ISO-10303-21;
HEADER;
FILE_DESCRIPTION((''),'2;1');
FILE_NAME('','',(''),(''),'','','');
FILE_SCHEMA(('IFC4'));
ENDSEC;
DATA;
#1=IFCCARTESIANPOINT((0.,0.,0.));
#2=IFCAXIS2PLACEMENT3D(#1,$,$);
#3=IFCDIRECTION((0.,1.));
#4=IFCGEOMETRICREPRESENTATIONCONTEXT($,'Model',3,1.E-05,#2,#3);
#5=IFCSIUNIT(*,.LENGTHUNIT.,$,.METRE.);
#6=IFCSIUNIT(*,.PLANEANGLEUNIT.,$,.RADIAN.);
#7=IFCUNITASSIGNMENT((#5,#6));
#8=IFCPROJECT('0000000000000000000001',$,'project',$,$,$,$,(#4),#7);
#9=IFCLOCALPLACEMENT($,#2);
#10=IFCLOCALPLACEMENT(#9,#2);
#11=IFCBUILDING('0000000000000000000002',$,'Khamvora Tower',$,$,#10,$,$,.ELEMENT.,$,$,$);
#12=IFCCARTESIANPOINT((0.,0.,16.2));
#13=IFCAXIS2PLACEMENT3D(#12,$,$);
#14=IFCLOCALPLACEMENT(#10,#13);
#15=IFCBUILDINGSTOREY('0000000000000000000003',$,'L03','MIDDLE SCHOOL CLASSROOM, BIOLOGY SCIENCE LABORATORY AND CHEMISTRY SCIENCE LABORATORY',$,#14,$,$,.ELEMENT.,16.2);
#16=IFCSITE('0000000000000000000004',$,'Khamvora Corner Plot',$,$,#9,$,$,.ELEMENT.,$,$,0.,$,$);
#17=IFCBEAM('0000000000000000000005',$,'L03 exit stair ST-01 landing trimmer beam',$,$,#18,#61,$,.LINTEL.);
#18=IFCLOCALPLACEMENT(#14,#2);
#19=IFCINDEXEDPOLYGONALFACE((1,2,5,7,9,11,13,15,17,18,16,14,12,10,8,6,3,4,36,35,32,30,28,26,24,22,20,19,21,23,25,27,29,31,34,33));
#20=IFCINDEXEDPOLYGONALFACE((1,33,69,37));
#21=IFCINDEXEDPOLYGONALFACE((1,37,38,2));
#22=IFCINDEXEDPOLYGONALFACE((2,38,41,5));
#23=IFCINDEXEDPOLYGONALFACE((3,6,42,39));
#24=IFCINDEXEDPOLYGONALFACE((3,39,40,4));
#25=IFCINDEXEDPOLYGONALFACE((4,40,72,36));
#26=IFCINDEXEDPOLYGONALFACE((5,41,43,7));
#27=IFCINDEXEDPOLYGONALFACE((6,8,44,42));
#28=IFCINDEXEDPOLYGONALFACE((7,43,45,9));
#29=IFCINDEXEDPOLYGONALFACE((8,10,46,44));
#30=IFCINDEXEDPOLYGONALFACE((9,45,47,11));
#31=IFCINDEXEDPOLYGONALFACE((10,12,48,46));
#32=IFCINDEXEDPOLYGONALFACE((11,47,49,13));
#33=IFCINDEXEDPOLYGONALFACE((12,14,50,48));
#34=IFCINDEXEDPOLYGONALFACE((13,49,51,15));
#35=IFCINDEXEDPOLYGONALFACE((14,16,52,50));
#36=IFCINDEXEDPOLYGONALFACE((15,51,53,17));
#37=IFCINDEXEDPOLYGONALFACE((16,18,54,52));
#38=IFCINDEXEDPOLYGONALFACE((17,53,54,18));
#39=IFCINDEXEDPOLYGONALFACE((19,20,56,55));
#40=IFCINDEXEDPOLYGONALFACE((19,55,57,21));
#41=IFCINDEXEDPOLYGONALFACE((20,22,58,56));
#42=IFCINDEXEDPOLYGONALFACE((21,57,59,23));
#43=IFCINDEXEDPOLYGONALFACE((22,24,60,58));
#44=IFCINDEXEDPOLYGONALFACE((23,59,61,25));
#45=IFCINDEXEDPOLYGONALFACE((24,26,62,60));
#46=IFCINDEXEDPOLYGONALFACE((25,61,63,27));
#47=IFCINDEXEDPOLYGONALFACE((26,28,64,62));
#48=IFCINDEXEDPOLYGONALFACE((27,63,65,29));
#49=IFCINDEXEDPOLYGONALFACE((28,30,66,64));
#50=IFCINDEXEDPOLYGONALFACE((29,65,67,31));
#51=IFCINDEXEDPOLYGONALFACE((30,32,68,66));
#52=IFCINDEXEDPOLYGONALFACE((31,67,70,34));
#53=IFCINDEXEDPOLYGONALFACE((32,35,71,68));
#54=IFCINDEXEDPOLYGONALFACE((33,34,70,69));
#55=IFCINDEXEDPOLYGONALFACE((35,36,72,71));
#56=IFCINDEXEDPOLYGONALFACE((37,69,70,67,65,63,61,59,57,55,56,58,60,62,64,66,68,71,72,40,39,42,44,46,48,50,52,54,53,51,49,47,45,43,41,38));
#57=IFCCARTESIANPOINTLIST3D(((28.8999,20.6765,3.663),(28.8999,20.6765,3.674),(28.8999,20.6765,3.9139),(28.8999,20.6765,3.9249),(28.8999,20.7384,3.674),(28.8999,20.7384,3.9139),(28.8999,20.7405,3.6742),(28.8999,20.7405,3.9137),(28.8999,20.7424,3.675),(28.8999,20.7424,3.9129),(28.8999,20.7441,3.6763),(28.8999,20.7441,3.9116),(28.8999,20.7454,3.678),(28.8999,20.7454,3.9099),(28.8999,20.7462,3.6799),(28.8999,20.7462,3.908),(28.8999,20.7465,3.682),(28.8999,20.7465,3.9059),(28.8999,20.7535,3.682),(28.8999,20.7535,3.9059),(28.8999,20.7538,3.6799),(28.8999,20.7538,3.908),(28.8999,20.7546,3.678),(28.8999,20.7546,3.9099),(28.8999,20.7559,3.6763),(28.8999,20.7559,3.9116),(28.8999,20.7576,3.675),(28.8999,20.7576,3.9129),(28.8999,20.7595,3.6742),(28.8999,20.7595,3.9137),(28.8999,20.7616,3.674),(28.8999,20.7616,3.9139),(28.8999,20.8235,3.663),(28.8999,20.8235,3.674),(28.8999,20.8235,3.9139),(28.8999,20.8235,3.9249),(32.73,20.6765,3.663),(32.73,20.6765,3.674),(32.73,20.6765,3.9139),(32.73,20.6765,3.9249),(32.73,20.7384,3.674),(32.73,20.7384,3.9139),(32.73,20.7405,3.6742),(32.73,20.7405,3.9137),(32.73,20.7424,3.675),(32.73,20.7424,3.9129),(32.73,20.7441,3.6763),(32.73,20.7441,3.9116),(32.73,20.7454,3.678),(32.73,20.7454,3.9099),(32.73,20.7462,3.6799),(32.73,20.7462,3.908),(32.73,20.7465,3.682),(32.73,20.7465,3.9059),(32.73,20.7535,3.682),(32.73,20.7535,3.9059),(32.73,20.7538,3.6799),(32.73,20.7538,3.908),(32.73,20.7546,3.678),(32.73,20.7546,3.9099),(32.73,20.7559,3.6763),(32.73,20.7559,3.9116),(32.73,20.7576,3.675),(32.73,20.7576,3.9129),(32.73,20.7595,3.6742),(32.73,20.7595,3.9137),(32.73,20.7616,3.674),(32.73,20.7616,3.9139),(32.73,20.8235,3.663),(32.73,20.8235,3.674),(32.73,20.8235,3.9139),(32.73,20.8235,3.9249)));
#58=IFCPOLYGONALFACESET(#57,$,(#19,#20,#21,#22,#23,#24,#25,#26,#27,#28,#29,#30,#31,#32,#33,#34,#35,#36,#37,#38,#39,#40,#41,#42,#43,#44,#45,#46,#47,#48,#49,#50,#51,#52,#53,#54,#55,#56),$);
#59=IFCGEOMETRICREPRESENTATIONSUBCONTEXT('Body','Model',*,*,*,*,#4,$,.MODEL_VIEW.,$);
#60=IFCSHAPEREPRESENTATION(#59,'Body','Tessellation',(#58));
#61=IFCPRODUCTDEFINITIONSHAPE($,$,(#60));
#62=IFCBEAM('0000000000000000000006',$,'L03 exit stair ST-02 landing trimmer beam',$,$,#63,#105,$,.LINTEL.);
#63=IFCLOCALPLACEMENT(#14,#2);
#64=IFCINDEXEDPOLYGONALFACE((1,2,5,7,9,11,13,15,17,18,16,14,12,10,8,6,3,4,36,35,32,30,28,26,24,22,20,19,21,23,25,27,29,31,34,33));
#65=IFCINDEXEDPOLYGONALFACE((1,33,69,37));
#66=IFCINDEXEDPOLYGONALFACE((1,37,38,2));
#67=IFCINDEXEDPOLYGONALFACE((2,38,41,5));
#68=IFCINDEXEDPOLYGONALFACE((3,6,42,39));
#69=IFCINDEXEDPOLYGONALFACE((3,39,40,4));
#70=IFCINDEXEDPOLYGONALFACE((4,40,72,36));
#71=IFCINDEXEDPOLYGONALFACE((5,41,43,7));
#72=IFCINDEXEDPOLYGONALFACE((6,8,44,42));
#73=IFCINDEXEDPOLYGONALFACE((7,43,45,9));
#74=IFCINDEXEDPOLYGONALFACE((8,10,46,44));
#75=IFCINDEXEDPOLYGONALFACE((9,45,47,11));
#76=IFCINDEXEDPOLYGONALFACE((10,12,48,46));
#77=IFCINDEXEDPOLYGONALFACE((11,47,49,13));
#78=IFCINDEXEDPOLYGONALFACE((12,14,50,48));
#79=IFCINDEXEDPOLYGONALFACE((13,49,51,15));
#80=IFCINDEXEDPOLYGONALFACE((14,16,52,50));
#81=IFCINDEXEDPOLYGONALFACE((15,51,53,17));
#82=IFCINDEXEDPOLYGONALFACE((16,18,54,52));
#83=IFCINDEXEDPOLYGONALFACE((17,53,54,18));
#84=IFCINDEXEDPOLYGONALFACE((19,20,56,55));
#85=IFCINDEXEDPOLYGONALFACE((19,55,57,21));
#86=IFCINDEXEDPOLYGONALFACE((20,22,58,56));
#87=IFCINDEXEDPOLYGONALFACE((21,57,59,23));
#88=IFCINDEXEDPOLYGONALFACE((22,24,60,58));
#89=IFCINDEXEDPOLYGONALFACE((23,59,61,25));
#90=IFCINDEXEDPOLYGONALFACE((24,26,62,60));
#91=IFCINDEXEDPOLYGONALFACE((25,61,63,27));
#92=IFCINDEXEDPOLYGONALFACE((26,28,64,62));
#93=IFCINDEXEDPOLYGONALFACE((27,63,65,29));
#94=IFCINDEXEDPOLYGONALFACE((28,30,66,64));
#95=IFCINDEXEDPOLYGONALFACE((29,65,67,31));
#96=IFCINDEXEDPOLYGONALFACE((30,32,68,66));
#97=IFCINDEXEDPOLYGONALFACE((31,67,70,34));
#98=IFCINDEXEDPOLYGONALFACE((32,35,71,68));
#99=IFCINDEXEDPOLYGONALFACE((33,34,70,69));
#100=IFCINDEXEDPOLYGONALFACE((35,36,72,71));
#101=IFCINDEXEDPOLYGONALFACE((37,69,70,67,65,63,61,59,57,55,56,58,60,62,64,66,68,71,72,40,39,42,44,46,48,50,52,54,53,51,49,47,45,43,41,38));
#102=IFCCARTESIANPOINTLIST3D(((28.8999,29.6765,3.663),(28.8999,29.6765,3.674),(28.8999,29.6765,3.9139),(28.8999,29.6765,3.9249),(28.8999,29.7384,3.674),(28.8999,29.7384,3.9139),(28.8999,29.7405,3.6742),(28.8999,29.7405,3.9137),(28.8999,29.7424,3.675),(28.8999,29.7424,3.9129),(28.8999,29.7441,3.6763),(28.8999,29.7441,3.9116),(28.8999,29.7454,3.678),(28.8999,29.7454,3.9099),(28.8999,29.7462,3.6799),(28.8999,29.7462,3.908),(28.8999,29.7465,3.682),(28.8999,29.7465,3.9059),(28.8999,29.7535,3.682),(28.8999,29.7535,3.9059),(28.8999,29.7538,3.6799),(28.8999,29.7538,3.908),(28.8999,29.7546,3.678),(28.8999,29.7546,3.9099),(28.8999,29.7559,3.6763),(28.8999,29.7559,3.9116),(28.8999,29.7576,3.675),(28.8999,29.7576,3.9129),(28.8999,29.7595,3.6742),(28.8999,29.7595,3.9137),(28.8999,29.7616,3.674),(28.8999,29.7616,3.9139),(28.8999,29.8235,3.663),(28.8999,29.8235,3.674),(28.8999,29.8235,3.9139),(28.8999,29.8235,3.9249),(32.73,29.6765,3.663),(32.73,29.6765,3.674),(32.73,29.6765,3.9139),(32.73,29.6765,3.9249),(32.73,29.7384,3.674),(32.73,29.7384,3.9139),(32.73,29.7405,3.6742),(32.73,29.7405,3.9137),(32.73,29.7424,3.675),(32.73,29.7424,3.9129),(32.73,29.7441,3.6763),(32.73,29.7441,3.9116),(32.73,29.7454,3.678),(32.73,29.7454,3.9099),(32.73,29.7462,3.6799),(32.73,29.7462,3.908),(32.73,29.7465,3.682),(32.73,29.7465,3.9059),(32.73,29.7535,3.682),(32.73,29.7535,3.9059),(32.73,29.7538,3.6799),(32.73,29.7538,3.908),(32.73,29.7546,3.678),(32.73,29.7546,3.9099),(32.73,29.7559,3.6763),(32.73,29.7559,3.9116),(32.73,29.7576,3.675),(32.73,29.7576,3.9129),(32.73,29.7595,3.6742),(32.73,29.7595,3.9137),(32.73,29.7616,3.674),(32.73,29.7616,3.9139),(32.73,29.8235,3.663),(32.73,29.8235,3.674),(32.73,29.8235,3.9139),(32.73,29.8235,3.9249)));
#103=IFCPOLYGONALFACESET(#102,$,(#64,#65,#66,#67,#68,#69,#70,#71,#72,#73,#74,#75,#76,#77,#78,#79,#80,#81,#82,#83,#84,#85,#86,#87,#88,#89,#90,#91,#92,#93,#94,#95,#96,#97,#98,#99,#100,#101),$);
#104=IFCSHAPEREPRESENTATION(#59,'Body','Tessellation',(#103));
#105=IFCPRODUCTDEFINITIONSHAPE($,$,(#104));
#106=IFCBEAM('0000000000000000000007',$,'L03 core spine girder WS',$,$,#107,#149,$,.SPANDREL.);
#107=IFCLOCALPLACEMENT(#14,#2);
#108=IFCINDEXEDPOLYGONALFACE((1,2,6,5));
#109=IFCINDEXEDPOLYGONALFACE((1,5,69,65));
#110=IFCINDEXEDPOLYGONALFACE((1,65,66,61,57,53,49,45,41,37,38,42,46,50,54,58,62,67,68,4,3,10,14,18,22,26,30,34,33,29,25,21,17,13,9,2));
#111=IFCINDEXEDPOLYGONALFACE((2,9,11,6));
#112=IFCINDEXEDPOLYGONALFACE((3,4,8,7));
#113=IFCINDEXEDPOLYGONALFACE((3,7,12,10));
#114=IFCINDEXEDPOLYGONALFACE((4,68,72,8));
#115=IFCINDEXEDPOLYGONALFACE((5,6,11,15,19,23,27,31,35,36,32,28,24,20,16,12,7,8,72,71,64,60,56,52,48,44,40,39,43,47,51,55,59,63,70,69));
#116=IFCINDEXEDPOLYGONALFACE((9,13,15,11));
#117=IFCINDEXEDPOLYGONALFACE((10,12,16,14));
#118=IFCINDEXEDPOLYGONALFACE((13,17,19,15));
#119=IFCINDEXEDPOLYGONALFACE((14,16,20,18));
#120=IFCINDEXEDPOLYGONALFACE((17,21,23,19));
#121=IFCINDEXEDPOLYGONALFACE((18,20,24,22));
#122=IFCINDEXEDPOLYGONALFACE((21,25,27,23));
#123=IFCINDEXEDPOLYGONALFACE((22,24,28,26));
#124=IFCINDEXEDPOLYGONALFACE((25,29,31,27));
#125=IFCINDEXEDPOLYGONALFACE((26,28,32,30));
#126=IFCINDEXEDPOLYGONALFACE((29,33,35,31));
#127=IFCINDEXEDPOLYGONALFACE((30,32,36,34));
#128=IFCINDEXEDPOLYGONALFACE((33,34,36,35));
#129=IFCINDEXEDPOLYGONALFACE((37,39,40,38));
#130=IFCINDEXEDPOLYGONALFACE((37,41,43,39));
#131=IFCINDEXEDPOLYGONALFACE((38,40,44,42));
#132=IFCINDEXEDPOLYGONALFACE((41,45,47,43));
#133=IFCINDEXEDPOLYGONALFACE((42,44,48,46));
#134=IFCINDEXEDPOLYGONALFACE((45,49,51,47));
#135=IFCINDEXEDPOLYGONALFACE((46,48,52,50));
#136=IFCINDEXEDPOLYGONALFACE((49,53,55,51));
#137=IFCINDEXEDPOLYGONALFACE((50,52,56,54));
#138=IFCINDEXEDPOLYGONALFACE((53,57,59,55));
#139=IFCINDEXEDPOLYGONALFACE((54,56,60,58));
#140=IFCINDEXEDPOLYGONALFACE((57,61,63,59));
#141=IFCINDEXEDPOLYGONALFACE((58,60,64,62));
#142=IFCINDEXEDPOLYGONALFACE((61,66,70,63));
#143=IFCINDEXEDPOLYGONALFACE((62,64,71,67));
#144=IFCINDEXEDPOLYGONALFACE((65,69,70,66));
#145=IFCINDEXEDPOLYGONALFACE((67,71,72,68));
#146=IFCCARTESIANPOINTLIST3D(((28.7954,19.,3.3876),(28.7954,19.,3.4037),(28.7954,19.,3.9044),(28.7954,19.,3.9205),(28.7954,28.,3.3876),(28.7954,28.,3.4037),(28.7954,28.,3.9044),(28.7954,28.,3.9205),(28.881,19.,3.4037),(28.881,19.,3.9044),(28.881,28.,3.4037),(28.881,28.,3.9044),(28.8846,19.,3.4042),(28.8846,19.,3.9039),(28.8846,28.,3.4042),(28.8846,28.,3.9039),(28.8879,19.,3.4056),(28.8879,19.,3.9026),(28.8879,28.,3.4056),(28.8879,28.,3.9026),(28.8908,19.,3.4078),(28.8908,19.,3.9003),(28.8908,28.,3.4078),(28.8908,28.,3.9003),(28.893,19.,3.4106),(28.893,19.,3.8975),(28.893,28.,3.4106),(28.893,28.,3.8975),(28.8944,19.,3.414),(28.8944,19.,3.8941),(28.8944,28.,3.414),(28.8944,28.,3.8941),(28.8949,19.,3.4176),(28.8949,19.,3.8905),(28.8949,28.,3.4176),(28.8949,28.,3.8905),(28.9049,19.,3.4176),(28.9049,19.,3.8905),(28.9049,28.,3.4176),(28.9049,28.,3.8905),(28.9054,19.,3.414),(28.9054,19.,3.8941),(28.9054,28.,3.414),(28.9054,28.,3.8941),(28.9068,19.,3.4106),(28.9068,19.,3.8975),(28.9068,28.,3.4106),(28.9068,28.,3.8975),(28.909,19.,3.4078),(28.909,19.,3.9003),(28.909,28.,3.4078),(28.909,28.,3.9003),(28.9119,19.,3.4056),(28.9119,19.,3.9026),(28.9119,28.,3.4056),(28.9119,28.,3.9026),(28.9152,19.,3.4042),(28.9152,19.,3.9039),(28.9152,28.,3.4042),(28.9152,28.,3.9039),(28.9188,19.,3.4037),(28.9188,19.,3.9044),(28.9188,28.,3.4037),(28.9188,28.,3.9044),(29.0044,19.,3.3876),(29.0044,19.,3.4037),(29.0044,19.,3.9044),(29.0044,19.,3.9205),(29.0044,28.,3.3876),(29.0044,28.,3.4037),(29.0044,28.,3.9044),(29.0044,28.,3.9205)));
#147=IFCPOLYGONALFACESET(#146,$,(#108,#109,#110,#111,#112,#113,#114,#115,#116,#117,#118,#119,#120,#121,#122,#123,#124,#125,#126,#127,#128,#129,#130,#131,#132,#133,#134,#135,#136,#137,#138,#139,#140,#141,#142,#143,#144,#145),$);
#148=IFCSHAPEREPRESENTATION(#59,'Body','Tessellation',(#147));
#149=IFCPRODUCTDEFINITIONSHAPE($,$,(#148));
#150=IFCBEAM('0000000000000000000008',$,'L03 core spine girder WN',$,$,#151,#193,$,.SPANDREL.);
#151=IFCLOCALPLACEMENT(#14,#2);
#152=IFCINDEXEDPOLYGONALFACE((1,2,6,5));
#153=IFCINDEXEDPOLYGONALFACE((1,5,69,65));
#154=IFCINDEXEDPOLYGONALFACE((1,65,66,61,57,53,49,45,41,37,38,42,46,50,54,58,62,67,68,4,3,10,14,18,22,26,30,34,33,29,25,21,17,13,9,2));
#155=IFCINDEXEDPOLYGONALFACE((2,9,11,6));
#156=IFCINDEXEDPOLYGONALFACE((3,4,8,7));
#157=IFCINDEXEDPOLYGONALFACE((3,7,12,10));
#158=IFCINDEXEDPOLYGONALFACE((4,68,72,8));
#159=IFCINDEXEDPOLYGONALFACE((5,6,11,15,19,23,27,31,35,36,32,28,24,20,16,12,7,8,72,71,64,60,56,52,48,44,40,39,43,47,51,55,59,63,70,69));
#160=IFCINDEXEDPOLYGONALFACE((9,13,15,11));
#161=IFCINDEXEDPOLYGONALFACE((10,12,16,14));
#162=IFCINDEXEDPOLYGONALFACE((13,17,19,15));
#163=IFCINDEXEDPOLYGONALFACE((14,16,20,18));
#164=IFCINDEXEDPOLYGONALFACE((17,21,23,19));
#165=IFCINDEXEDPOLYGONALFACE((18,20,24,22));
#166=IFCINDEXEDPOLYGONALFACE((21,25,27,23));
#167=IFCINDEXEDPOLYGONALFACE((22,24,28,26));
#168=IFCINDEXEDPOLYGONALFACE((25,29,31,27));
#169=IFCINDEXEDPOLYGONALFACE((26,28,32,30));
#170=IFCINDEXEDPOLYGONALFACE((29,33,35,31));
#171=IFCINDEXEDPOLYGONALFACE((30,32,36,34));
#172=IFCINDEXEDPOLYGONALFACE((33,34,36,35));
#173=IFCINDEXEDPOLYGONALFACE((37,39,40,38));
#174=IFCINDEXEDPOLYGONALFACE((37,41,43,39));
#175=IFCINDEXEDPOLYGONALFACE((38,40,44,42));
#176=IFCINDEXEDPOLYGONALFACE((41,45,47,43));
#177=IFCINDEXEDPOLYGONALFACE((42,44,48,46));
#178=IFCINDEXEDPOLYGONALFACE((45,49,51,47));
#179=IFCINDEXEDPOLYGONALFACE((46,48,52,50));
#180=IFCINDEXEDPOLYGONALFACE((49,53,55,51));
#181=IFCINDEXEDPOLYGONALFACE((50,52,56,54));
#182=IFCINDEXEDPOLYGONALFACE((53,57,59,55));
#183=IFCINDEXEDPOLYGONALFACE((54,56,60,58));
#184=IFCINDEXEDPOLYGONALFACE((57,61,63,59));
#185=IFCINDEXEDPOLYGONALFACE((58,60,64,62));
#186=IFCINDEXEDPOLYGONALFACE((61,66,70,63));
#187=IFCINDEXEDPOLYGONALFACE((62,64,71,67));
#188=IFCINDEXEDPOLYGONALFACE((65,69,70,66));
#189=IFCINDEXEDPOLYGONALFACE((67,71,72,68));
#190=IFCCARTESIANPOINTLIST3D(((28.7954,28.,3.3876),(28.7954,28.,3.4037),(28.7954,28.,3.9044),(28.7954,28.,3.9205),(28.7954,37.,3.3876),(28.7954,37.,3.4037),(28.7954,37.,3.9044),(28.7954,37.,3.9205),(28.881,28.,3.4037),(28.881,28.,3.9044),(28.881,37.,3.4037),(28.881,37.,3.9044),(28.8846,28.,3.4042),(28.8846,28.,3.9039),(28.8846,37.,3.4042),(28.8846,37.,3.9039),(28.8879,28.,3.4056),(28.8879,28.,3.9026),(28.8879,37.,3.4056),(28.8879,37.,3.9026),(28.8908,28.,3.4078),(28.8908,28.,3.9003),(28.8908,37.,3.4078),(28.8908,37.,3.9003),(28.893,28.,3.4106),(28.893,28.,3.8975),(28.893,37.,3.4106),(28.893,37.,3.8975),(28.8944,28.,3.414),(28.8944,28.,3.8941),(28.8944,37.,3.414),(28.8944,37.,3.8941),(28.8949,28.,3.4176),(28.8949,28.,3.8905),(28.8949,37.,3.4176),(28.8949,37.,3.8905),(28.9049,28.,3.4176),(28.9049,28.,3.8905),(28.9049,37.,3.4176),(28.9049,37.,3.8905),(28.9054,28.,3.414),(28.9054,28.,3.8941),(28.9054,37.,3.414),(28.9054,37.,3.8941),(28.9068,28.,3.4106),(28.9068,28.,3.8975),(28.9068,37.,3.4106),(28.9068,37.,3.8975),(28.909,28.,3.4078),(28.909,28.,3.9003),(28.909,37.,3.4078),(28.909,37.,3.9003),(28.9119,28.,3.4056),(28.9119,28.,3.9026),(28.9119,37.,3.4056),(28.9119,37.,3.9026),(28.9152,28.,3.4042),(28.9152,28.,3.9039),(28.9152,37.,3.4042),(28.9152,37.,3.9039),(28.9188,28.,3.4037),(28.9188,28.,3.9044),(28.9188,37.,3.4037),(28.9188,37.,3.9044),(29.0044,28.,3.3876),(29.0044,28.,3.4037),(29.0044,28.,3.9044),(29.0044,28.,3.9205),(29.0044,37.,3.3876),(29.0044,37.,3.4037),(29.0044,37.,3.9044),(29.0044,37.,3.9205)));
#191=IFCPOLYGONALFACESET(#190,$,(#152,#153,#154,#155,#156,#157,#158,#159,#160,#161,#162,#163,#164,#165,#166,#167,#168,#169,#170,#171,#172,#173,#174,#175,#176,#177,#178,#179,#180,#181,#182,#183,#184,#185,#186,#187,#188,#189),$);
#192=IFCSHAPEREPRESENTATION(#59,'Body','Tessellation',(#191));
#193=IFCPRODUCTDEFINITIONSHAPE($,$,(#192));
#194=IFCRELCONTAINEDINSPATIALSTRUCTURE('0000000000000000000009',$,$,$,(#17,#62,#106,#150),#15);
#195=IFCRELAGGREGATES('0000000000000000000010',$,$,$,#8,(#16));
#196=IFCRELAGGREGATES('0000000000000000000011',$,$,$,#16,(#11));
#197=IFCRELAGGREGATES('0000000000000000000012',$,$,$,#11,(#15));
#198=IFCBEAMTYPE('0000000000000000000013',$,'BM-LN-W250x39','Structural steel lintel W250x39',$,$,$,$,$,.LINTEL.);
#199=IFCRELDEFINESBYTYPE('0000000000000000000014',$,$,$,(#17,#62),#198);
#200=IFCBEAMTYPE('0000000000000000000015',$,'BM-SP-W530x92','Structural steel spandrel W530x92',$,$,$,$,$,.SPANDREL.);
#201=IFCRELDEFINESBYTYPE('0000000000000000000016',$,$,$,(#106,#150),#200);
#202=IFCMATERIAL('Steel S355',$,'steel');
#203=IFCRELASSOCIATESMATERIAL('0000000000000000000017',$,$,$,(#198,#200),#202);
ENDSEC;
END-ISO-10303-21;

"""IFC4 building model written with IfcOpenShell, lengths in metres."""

from ifc_helpers import new_model, si_unit, direction, frame, origin, origin_2d, place, context, subcontext, project, spatial, i_section, extrude, material, material_profile, profile_set, type_object, element, save


model = new_model("IFC4")

# Units and contexts
model_context = context("Model", 3, precision=1e-05, world=origin(), true_north=direction((0.0, 1.0)))
body_context = subcontext(model_context, "Body", "Model", "MODEL_VIEW")
ifc_project = project(units=[si_unit("LENGTHUNIT", "METRE"), si_unit("PLANEANGLEUNIT", "RADIAN")], contexts=[model_context])

# Site, building, storey
site_placement = place(None, origin())
site = spatial("IfcSite", under=ifc_project, at=site_placement, Name="Khamvora Corner Plot", CompositionType="ELEMENT", RefElevation=0.0)
building_placement = place(site_placement, origin())
building = spatial("IfcBuilding", under=site, at=building_placement, Name="Khamvora Tower", CompositionType="ELEMENT")
storey_placement = place(building_placement, frame((0.0, 0.0, 16.2)))
storey = spatial("IfcBuildingStorey", under=building, at=storey_placement, Name="L03", Description="MIDDLE SCHOOL CLASSROOM, BIOLOGY SCIENCE LABORATORY AND CHEMISTRY SCIENCE LABORATORY", CompositionType="ELEMENT", Elevation=16.2)

# Beams
ifc_material_1 = material(Name="Steel S355", Category="steel")
ifc_material_profile_1 = material_profile(ifc_material_1, i_section(OverallWidth=0.147, OverallDepth=0.262, WebThickness=0.0071, FlangeThickness=0.011, FilletRadius=0.0081, at=origin_2d()), Name="W250x39")
ifc_profile_set_1 = profile_set([ifc_material_profile_1], Name="Steel S355")
beam_type_1 = type_object("IfcBeamType", Name="BM-LN-W250x39", Description="Structural steel lintel W250x39", PredefinedType="LINTEL", material=ifc_profile_set_1)
for number, where, z_axis, x_axis, name in (
    (1, (28.8999, 20.75, 3.7939), (1.0, 0.0, 0.0), (0.0, 1.0, 0.0), "L03 exit stair ST-01 landing trimmer beam"),
    (2, (28.8999, 29.75, 3.7939), (1.0, 0.0, 0.0), (0.0, 1.0, 0.0), "L03 exit stair ST-02 landing trimmer beam"),
):
    element("IfcBeam", number, at=place(storey_placement, frame(where, z_axis=z_axis, x_axis=x_axis)), inside=storey, type_object=beam_type_1, Name=name, PredefinedType="LINTEL", context=body_context, shape_type="SweptSolid", body=[
        extrude(i_section(OverallWidth=0.147, OverallDepth=0.262, WebThickness=0.0071, FlangeThickness=0.011, FilletRadius=0.0081, at=origin_2d()), origin(), (0.0, 0.0, 1.0), 3.8301),
    ])
ifc_material_profile_2 = material_profile(ifc_material_1, i_section(OverallWidth=0.209, OverallDepth=0.533, WebThickness=0.01, FlangeThickness=0.0161, FilletRadius=0.0139, at=origin_2d()), Name="W530x92")
ifc_profile_set_2 = profile_set([ifc_material_profile_2], Name="Steel S355")
beam_type_2 = type_object("IfcBeamType", Name="BM-SP-W530x92", Description="Structural steel spandrel W530x92", PredefinedType="SPANDREL", material=ifc_profile_set_2)
for number, where, z_axis, x_axis, name in (
    (3, (28.8999, 19.0, 3.6541), (0.0, 1.0, 0.0), (-1.0, 0.0, 0.0), "L03 core spine girder WS"),
    (4, (28.8999, 28.0, 3.6541), (0.0, 1.0, 0.0), (-1.0, 0.0, 0.0), "L03 core spine girder WN"),
):
    element("IfcBeam", number, at=place(storey_placement, frame(where, z_axis=z_axis, x_axis=x_axis)), inside=storey, type_object=beam_type_2, Name=name, PredefinedType="SPANDREL", context=body_context, shape_type="SweptSolid", body=[
        extrude(i_section(OverallWidth=0.209, OverallDepth=0.533, WebThickness=0.01, FlangeThickness=0.0161, FilletRadius=0.0139, at=origin_2d()), origin(), (0.0, 0.0, 1.0), 9.0),
    ])

save(model, "model.ifc")
